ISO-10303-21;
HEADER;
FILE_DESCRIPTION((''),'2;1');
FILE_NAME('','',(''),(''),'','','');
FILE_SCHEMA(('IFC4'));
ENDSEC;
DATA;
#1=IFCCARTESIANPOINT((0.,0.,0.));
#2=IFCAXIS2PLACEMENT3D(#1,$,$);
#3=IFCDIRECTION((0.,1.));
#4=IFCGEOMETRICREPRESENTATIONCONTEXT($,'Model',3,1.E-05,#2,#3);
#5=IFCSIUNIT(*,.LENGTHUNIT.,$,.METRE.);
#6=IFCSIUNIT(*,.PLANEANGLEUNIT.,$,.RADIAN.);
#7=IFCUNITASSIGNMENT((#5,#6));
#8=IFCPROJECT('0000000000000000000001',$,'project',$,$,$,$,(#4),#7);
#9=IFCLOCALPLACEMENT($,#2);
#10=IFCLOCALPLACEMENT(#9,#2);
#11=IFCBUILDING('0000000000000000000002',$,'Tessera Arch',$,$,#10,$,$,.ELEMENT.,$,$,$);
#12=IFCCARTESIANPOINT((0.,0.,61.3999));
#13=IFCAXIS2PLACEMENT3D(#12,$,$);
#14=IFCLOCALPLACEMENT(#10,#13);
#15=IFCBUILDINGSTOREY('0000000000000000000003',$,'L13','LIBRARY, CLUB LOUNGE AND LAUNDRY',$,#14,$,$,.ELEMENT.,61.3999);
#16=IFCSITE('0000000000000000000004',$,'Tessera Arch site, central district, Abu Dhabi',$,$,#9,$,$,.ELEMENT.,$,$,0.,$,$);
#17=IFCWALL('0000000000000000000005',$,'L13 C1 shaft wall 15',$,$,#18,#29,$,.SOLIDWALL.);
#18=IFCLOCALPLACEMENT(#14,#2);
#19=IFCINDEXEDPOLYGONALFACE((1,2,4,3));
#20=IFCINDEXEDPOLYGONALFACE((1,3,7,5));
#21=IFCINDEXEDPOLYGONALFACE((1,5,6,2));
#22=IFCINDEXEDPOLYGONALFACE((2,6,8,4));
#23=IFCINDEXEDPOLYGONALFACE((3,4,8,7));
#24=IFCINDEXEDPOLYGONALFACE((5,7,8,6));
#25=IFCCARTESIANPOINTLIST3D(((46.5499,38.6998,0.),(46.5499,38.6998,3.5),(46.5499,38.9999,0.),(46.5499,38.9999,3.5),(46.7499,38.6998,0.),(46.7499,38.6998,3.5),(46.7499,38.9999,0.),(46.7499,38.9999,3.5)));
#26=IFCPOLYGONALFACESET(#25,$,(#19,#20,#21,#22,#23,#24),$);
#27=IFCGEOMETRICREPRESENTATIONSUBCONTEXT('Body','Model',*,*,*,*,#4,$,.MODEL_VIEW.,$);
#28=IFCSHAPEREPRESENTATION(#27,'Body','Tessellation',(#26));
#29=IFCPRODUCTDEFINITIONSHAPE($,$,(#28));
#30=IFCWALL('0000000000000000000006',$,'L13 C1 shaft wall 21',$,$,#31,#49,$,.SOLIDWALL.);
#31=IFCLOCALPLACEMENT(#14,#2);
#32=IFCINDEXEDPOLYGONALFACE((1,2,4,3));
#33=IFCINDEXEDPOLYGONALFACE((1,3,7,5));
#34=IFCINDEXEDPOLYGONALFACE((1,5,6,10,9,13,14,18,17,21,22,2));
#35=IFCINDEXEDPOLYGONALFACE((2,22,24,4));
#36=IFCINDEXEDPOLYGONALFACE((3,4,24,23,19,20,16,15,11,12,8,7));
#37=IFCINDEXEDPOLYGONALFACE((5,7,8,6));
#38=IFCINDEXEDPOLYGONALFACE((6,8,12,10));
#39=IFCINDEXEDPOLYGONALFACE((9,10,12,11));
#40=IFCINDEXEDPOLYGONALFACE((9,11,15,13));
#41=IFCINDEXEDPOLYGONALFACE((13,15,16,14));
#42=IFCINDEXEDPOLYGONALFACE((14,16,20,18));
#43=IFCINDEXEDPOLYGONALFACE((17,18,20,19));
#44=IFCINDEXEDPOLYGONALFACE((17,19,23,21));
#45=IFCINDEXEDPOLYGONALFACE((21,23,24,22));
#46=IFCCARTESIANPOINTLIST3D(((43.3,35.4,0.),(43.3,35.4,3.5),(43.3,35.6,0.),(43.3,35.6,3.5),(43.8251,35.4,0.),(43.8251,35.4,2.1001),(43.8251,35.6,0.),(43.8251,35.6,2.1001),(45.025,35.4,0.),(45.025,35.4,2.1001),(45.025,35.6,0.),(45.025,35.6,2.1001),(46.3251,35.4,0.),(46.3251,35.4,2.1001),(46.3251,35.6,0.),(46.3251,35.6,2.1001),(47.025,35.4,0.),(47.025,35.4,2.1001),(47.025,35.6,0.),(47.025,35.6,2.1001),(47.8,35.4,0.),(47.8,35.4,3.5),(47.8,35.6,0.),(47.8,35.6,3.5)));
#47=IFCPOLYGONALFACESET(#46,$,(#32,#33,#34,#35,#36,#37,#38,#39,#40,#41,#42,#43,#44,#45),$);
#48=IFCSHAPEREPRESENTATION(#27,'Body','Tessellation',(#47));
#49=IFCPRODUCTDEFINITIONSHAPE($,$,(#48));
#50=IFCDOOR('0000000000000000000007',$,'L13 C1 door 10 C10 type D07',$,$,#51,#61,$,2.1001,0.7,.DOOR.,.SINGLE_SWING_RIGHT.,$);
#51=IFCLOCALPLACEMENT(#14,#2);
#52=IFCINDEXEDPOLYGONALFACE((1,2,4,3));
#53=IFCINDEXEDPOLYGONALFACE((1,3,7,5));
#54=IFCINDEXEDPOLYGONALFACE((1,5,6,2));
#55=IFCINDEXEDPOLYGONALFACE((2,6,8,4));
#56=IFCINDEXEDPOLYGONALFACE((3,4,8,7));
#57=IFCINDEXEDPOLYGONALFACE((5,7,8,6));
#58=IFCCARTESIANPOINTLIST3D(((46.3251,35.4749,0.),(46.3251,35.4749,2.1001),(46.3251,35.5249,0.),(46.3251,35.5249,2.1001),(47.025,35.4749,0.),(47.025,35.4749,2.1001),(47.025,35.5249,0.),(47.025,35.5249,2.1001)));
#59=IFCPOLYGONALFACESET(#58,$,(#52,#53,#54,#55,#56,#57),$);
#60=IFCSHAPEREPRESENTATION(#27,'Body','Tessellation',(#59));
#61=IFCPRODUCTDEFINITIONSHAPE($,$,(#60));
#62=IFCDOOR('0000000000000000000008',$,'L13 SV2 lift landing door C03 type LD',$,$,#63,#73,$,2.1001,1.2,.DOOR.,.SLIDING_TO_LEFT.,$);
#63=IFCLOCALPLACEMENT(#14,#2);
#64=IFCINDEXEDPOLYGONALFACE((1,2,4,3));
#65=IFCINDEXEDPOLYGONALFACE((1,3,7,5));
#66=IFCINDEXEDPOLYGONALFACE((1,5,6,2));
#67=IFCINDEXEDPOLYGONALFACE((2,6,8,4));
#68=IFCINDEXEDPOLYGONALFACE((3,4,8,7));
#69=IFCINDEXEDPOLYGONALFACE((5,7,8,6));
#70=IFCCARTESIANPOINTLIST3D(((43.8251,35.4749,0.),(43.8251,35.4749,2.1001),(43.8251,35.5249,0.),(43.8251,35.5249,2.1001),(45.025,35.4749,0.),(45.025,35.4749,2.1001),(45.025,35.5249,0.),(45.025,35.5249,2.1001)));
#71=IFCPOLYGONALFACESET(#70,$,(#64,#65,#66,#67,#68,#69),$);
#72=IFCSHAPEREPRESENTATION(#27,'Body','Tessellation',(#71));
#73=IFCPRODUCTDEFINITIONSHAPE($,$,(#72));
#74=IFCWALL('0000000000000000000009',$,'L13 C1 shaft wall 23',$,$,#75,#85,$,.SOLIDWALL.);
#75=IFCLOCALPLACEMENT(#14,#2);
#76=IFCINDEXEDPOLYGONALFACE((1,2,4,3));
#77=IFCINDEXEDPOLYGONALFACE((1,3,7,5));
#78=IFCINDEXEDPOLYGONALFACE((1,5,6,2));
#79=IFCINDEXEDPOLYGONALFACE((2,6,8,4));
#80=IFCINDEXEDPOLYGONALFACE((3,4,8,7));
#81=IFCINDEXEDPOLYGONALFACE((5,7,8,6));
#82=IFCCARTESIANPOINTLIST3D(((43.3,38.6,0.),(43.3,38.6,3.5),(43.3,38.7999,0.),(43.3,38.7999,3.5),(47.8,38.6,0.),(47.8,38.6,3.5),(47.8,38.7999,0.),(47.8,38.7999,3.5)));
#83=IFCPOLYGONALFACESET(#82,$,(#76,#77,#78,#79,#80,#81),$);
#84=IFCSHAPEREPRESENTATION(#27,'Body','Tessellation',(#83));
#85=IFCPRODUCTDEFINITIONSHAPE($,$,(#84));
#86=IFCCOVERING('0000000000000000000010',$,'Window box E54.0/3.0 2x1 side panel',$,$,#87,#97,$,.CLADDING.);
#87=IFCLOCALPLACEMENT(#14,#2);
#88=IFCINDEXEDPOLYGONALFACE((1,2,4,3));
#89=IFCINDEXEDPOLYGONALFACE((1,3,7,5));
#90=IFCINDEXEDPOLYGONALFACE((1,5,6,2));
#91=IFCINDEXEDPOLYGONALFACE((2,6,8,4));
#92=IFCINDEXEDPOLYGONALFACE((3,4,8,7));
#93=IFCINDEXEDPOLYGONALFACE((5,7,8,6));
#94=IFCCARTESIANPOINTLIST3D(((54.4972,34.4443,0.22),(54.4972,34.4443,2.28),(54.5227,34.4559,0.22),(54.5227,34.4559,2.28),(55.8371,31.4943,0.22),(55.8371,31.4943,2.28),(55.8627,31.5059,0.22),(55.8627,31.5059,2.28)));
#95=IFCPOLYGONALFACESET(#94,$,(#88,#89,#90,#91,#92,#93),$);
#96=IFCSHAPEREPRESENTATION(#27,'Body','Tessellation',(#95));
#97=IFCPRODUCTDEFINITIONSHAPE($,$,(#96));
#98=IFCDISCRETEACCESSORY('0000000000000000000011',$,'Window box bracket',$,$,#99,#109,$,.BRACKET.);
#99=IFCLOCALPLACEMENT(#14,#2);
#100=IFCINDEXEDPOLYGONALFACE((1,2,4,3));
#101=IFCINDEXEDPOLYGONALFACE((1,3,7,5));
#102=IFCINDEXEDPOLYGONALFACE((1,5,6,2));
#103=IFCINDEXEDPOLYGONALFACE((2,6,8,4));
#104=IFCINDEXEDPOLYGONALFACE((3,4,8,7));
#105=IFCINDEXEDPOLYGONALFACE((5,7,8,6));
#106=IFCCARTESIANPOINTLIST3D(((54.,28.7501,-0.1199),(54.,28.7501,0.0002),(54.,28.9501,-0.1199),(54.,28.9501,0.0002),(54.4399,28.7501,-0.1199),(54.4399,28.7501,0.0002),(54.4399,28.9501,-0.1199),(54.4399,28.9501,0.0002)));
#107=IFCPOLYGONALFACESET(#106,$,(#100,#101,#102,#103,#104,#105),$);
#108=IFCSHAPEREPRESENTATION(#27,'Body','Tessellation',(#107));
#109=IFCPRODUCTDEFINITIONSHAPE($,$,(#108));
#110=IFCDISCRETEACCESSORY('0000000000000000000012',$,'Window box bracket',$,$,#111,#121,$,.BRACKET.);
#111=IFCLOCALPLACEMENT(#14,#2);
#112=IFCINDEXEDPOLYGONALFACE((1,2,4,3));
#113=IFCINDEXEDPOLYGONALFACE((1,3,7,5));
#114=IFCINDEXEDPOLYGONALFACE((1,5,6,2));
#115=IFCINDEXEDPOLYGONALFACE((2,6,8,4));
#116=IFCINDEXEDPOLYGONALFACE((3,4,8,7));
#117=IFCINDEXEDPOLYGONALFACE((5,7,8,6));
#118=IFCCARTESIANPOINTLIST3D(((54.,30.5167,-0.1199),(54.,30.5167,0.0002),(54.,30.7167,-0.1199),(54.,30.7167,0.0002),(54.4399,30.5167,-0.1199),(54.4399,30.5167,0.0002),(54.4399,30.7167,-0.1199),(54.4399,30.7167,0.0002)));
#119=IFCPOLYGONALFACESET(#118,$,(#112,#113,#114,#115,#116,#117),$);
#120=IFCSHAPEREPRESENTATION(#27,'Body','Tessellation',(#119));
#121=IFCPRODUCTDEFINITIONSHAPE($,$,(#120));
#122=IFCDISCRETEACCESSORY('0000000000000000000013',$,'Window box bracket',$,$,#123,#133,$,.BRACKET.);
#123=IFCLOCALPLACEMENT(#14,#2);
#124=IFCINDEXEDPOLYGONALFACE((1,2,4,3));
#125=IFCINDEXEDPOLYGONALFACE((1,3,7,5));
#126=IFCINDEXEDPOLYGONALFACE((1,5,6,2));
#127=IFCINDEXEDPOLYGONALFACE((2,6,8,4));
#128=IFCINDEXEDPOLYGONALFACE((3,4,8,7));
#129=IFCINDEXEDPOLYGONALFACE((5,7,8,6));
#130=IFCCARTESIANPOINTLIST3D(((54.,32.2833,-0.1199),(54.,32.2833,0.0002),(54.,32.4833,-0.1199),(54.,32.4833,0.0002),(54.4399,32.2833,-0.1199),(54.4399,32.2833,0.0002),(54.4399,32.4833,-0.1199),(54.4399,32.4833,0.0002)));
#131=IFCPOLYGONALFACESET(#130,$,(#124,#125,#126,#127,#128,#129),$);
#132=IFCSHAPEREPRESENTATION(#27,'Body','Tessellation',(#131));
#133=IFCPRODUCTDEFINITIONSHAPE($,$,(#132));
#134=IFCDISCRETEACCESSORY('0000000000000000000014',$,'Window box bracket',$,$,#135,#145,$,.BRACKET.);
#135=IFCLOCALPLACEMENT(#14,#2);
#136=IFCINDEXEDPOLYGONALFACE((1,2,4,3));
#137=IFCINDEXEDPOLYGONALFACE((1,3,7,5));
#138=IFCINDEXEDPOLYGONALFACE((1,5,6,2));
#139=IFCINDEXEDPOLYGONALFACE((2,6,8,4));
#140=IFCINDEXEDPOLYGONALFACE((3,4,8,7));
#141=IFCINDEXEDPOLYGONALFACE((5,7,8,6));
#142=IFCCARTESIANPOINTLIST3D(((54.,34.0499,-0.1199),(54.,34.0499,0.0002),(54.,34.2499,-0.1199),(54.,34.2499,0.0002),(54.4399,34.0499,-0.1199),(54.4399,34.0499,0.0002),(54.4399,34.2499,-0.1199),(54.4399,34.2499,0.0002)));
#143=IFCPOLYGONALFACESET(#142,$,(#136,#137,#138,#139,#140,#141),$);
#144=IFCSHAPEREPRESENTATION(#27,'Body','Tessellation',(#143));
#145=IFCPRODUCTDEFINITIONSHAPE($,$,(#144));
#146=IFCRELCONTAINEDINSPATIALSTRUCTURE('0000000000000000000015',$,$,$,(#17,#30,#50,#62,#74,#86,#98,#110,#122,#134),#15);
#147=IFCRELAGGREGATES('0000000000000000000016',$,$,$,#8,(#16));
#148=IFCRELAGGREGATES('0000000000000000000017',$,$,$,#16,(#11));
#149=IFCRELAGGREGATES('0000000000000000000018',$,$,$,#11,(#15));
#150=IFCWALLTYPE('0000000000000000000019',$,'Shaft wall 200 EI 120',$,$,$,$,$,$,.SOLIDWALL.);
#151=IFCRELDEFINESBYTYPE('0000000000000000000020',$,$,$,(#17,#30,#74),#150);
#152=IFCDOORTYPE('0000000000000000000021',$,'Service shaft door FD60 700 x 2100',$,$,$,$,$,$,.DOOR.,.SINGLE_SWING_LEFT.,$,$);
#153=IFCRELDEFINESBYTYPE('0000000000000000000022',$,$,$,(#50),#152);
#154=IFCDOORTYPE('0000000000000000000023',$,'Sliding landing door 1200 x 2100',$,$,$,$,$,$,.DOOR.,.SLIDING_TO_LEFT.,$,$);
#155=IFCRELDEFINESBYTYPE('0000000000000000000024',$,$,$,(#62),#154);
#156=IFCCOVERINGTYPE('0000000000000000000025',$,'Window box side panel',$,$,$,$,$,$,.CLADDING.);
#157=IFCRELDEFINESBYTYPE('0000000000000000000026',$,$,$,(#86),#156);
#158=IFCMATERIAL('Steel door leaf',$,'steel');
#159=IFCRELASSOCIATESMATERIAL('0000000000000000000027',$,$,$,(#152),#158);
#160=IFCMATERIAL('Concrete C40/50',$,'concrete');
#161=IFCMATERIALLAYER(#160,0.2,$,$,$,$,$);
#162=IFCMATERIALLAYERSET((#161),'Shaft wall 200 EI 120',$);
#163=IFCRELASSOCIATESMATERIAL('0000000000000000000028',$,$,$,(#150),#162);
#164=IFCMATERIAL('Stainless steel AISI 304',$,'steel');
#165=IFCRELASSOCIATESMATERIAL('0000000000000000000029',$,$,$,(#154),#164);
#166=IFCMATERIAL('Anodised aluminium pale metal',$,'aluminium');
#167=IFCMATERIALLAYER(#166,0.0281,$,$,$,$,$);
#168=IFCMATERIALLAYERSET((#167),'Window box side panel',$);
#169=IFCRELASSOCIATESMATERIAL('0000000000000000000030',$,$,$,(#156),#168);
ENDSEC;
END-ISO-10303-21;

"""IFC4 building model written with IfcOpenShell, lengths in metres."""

from ifc_helpers import new_model, si_unit, direction, frame, frame_2d, origin, origin_2d, place, context, subcontext, project, spatial, rectangle, extrude, material, layer, layer_set, type_object, element, fill, save


model = new_model("IFC4")

# Units and contexts
model_context = context("Model", 3, precision=1e-05, world=origin(), true_north=direction((0.0, 1.0)))
body_context = subcontext(model_context, "Body", "Model", "MODEL_VIEW")
ifc_project = project(units=[si_unit("LENGTHUNIT", "METRE"), si_unit("PLANEANGLEUNIT", "RADIAN")], contexts=[model_context])

# Site, building, storey
site_placement = place(None, origin())
site = spatial("IfcSite", under=ifc_project, at=site_placement, Name="Tessera Arch site, central district, Abu Dhabi", CompositionType="ELEMENT", RefElevation=0.0)
building_placement = place(site_placement, origin())
building = spatial("IfcBuilding", under=site, at=building_placement, Name="Tessera Arch", CompositionType="ELEMENT")
storey_placement = place(building_placement, frame((0.0, 0.0, 61.3999)))
storey = spatial("IfcBuildingStorey", under=building, at=storey_placement, Name="L13", Description="LIBRARY, CLUB LOUNGE AND LAUNDRY", CompositionType="ELEMENT", Elevation=61.3999)

# Shared definitions
ifc_material_1 = material(Name="Steel door leaf", Category="steel")
door_type_1 = type_object("IfcDoorType", Name="Service shaft door FD60 700 x 2100", OperationType="SINGLE_SWING_LEFT", PredefinedType="DOOR", material=ifc_material_1)

# Wall
ifc_material_2 = material(Name="Concrete C40/50", Category="concrete")
ifc_layer_1 = layer(ifc_material_2, 0.2)
ifc_layer_set_1 = layer_set([ifc_layer_1], Name="Shaft wall 200 EI 120")
wall_type_1 = type_object("IfcWallType", Name="Shaft wall 200 EI 120", PredefinedType="SOLIDWALL", material=ifc_layer_set_1)
wall_1_placement = place(storey_placement, frame((46.6499, 38.7, 0.0), z_axis=(0.0, 0.0, 1.0), x_axis=(0.0, 1.0, 0.0)))
element("IfcWall", 1, at=wall_1_placement, inside=storey, type_object=wall_type_1, Name="L13 C1 shaft wall 15", PredefinedType="SOLIDWALL", context=body_context, shape_type="SweptSolid", body=[
    extrude(rectangle(XDim=0.3, YDim=0.2, at=frame_2d((0.1499, 0.0))), origin(), (0.0, 0.0, 1.0), 3.5),
])

# Wall, openings, doors
wall_2_placement = place(storey_placement, frame((43.3, 35.5, 0.0), z_axis=(0.0, 0.0, 1.0), x_axis=(1.0, 0.0, 0.0)))
wall_2 = element("IfcWall", 2, at=wall_2_placement, inside=storey, type_object=wall_type_1, Name="L13 C1 shaft wall 21", PredefinedType="SOLIDWALL", context=body_context, shape_type="SweptSolid", body=[
    extrude(rectangle(XDim=4.5, YDim=0.2, at=frame_2d((2.25, 0.0))), origin(), (0.0, 0.0, 1.0), 3.5),
])
opening_1_placement = place(wall_2_placement, frame((0.5249, 0.0, 0.0)))
opening_1 = element("IfcOpeningElement", 3, at=opening_1_placement, cuts=wall_2, PredefinedType="OPENING", context=body_context, shape_type="SweptSolid", body=[
    extrude(rectangle(XDim=1.2, YDim=2.1001, at=frame_2d((0.6001, 1.05))), frame((0.0, 0.1099, 0.0), z_axis=(0.0, -1.0, 0.0), x_axis=(1.0, 0.0, 0.0)), (0.0, 0.0, 1.0), 0.22),
])
opening_2_placement = place(wall_2_placement, frame((3.0249, 0.0, 0.0)))
opening_2 = element("IfcOpeningElement", 4, at=opening_2_placement, cuts=wall_2, PredefinedType="OPENING", context=body_context, shape_type="SweptSolid", body=[
    extrude(rectangle(XDim=0.7, YDim=2.1001, at=frame_2d((0.3501, 1.05))), frame((0.0, 0.1099, 0.0), z_axis=(0.0, -1.0, 0.0), x_axis=(1.0, 0.0, 0.0)), (0.0, 0.0, 1.0), 0.22),
])
door_1_placement = place(opening_2_placement, origin())
door_1 = element("IfcDoor", 5, at=door_1_placement, inside=storey, type_object=door_type_1, Name="L13 C1 door 10 C10 type D07", OperationType="SINGLE_SWING_RIGHT", OverallHeight=2.1001, OverallWidth=0.7, PredefinedType="DOOR", context=body_context, shape_type="SweptSolid", body=[
    extrude(rectangle(XDim=0.7, YDim=2.1001, at=frame_2d((0.3501, 1.05))), frame((0.0, 0.0249, 0.0), z_axis=(0.0, -1.0, 0.0), x_axis=(1.0, 0.0, 0.0)), (0.0, 0.0, 1.0), 0.05),
])
fill(opening_2, door_1)
ifc_material_3 = material(Name="Stainless steel AISI 304", Category="steel")
door_type_2 = type_object("IfcDoorType", Name="Sliding landing door 1200 x 2100", OperationType="SLIDING_TO_LEFT", PredefinedType="DOOR", material=ifc_material_3)
door_2_placement = place(opening_1_placement, origin())
door_2 = element("IfcDoor", 6, at=door_2_placement, inside=storey, type_object=door_type_2, Name="L13 SV2 lift landing door C03 type LD", OperationType="SLIDING_TO_LEFT", OverallHeight=2.1001, OverallWidth=1.2, PredefinedType="DOOR", context=body_context, shape_type="SweptSolid", body=[
    extrude(rectangle(XDim=1.2, YDim=2.1001, at=frame_2d((0.6001, 1.05))), frame((0.0, 0.0249, 0.0), z_axis=(0.0, -1.0, 0.0), x_axis=(1.0, 0.0, 0.0)), (0.0, 0.0, 1.0), 0.05),
])
fill(opening_1, door_2)

# Wall
wall_3_placement = place(storey_placement, frame((43.3, 38.7, 0.0), z_axis=(0.0, 0.0, 1.0), x_axis=(1.0, 0.0, 0.0)))
element("IfcWall", 7, at=wall_3_placement, inside=storey, type_object=wall_type_1, Name="L13 C1 shaft wall 23", PredefinedType="SOLIDWALL", context=body_context, shape_type="SweptSolid", body=[
    extrude(rectangle(XDim=4.5, YDim=0.2, at=frame_2d((2.25, 0.0))), origin(), (0.0, 0.0, 1.0), 3.5),
])

# Covering
ifc_material_4 = material(Name="Anodised aluminium pale metal", Category="aluminium")
ifc_layer_2 = layer(ifc_material_4, 0.0281)
ifc_layer_set_2 = layer_set([ifc_layer_2], Name="Window box side panel")
covering_type = type_object("IfcCoveringType", Name="Window box side panel", PredefinedType="CLADDING", material=ifc_layer_set_2)
covering_placement = place(storey_placement, frame((55.1799, 32.9751, 0.22), z_axis=(0.0, 0.0, 1.0), x_axis=(0.41357, -0.910472, 0.0)))
element("IfcCovering", 8, at=covering_placement, inside=storey, type_object=covering_type, Name="Window box E54.0/3.0 2x1 side panel", PredefinedType="CLADDING", context=body_context, shape_type="SweptSolid", body=[
    extrude(rectangle(XDim=3.24, YDim=0.0281, at=origin_2d()), origin(), (0.0, 0.0, 1.0), 2.0601),
])

# Discrete accessories
for number, where, z_axis, x_axis, name in (
    (9, (54.22, 28.8501, -0.1199), (0.0, 0.0, 1.0), (1.0, 0.0, 0.0), "Window box bracket"),
    (10, (54.22, 30.6167, -0.1199), (0.0, 0.0, 1.0), (1.0, 0.0, 0.0), "Window box bracket"),
    (11, (54.22, 32.3833, -0.1199), (0.0, 0.0, 1.0), (1.0, 0.0, 0.0), "Window box bracket"),
    (12, (54.22, 34.1499, -0.1199), (0.0, 0.0, 1.0), (1.0, 0.0, 0.0), "Window box bracket"),
):
    element("IfcDiscreteAccessory", number, at=place(storey_placement, frame(where, z_axis=z_axis, x_axis=x_axis)), inside=storey, Name=name, PredefinedType="BRACKET", context=body_context, shape_type="SweptSolid", body=[
        extrude(rectangle(XDim=0.4399, YDim=0.2, at=origin_2d()), origin(), (0.0, 0.0, 1.0), 0.1201),
    ])

save(model, "model.ifc")
